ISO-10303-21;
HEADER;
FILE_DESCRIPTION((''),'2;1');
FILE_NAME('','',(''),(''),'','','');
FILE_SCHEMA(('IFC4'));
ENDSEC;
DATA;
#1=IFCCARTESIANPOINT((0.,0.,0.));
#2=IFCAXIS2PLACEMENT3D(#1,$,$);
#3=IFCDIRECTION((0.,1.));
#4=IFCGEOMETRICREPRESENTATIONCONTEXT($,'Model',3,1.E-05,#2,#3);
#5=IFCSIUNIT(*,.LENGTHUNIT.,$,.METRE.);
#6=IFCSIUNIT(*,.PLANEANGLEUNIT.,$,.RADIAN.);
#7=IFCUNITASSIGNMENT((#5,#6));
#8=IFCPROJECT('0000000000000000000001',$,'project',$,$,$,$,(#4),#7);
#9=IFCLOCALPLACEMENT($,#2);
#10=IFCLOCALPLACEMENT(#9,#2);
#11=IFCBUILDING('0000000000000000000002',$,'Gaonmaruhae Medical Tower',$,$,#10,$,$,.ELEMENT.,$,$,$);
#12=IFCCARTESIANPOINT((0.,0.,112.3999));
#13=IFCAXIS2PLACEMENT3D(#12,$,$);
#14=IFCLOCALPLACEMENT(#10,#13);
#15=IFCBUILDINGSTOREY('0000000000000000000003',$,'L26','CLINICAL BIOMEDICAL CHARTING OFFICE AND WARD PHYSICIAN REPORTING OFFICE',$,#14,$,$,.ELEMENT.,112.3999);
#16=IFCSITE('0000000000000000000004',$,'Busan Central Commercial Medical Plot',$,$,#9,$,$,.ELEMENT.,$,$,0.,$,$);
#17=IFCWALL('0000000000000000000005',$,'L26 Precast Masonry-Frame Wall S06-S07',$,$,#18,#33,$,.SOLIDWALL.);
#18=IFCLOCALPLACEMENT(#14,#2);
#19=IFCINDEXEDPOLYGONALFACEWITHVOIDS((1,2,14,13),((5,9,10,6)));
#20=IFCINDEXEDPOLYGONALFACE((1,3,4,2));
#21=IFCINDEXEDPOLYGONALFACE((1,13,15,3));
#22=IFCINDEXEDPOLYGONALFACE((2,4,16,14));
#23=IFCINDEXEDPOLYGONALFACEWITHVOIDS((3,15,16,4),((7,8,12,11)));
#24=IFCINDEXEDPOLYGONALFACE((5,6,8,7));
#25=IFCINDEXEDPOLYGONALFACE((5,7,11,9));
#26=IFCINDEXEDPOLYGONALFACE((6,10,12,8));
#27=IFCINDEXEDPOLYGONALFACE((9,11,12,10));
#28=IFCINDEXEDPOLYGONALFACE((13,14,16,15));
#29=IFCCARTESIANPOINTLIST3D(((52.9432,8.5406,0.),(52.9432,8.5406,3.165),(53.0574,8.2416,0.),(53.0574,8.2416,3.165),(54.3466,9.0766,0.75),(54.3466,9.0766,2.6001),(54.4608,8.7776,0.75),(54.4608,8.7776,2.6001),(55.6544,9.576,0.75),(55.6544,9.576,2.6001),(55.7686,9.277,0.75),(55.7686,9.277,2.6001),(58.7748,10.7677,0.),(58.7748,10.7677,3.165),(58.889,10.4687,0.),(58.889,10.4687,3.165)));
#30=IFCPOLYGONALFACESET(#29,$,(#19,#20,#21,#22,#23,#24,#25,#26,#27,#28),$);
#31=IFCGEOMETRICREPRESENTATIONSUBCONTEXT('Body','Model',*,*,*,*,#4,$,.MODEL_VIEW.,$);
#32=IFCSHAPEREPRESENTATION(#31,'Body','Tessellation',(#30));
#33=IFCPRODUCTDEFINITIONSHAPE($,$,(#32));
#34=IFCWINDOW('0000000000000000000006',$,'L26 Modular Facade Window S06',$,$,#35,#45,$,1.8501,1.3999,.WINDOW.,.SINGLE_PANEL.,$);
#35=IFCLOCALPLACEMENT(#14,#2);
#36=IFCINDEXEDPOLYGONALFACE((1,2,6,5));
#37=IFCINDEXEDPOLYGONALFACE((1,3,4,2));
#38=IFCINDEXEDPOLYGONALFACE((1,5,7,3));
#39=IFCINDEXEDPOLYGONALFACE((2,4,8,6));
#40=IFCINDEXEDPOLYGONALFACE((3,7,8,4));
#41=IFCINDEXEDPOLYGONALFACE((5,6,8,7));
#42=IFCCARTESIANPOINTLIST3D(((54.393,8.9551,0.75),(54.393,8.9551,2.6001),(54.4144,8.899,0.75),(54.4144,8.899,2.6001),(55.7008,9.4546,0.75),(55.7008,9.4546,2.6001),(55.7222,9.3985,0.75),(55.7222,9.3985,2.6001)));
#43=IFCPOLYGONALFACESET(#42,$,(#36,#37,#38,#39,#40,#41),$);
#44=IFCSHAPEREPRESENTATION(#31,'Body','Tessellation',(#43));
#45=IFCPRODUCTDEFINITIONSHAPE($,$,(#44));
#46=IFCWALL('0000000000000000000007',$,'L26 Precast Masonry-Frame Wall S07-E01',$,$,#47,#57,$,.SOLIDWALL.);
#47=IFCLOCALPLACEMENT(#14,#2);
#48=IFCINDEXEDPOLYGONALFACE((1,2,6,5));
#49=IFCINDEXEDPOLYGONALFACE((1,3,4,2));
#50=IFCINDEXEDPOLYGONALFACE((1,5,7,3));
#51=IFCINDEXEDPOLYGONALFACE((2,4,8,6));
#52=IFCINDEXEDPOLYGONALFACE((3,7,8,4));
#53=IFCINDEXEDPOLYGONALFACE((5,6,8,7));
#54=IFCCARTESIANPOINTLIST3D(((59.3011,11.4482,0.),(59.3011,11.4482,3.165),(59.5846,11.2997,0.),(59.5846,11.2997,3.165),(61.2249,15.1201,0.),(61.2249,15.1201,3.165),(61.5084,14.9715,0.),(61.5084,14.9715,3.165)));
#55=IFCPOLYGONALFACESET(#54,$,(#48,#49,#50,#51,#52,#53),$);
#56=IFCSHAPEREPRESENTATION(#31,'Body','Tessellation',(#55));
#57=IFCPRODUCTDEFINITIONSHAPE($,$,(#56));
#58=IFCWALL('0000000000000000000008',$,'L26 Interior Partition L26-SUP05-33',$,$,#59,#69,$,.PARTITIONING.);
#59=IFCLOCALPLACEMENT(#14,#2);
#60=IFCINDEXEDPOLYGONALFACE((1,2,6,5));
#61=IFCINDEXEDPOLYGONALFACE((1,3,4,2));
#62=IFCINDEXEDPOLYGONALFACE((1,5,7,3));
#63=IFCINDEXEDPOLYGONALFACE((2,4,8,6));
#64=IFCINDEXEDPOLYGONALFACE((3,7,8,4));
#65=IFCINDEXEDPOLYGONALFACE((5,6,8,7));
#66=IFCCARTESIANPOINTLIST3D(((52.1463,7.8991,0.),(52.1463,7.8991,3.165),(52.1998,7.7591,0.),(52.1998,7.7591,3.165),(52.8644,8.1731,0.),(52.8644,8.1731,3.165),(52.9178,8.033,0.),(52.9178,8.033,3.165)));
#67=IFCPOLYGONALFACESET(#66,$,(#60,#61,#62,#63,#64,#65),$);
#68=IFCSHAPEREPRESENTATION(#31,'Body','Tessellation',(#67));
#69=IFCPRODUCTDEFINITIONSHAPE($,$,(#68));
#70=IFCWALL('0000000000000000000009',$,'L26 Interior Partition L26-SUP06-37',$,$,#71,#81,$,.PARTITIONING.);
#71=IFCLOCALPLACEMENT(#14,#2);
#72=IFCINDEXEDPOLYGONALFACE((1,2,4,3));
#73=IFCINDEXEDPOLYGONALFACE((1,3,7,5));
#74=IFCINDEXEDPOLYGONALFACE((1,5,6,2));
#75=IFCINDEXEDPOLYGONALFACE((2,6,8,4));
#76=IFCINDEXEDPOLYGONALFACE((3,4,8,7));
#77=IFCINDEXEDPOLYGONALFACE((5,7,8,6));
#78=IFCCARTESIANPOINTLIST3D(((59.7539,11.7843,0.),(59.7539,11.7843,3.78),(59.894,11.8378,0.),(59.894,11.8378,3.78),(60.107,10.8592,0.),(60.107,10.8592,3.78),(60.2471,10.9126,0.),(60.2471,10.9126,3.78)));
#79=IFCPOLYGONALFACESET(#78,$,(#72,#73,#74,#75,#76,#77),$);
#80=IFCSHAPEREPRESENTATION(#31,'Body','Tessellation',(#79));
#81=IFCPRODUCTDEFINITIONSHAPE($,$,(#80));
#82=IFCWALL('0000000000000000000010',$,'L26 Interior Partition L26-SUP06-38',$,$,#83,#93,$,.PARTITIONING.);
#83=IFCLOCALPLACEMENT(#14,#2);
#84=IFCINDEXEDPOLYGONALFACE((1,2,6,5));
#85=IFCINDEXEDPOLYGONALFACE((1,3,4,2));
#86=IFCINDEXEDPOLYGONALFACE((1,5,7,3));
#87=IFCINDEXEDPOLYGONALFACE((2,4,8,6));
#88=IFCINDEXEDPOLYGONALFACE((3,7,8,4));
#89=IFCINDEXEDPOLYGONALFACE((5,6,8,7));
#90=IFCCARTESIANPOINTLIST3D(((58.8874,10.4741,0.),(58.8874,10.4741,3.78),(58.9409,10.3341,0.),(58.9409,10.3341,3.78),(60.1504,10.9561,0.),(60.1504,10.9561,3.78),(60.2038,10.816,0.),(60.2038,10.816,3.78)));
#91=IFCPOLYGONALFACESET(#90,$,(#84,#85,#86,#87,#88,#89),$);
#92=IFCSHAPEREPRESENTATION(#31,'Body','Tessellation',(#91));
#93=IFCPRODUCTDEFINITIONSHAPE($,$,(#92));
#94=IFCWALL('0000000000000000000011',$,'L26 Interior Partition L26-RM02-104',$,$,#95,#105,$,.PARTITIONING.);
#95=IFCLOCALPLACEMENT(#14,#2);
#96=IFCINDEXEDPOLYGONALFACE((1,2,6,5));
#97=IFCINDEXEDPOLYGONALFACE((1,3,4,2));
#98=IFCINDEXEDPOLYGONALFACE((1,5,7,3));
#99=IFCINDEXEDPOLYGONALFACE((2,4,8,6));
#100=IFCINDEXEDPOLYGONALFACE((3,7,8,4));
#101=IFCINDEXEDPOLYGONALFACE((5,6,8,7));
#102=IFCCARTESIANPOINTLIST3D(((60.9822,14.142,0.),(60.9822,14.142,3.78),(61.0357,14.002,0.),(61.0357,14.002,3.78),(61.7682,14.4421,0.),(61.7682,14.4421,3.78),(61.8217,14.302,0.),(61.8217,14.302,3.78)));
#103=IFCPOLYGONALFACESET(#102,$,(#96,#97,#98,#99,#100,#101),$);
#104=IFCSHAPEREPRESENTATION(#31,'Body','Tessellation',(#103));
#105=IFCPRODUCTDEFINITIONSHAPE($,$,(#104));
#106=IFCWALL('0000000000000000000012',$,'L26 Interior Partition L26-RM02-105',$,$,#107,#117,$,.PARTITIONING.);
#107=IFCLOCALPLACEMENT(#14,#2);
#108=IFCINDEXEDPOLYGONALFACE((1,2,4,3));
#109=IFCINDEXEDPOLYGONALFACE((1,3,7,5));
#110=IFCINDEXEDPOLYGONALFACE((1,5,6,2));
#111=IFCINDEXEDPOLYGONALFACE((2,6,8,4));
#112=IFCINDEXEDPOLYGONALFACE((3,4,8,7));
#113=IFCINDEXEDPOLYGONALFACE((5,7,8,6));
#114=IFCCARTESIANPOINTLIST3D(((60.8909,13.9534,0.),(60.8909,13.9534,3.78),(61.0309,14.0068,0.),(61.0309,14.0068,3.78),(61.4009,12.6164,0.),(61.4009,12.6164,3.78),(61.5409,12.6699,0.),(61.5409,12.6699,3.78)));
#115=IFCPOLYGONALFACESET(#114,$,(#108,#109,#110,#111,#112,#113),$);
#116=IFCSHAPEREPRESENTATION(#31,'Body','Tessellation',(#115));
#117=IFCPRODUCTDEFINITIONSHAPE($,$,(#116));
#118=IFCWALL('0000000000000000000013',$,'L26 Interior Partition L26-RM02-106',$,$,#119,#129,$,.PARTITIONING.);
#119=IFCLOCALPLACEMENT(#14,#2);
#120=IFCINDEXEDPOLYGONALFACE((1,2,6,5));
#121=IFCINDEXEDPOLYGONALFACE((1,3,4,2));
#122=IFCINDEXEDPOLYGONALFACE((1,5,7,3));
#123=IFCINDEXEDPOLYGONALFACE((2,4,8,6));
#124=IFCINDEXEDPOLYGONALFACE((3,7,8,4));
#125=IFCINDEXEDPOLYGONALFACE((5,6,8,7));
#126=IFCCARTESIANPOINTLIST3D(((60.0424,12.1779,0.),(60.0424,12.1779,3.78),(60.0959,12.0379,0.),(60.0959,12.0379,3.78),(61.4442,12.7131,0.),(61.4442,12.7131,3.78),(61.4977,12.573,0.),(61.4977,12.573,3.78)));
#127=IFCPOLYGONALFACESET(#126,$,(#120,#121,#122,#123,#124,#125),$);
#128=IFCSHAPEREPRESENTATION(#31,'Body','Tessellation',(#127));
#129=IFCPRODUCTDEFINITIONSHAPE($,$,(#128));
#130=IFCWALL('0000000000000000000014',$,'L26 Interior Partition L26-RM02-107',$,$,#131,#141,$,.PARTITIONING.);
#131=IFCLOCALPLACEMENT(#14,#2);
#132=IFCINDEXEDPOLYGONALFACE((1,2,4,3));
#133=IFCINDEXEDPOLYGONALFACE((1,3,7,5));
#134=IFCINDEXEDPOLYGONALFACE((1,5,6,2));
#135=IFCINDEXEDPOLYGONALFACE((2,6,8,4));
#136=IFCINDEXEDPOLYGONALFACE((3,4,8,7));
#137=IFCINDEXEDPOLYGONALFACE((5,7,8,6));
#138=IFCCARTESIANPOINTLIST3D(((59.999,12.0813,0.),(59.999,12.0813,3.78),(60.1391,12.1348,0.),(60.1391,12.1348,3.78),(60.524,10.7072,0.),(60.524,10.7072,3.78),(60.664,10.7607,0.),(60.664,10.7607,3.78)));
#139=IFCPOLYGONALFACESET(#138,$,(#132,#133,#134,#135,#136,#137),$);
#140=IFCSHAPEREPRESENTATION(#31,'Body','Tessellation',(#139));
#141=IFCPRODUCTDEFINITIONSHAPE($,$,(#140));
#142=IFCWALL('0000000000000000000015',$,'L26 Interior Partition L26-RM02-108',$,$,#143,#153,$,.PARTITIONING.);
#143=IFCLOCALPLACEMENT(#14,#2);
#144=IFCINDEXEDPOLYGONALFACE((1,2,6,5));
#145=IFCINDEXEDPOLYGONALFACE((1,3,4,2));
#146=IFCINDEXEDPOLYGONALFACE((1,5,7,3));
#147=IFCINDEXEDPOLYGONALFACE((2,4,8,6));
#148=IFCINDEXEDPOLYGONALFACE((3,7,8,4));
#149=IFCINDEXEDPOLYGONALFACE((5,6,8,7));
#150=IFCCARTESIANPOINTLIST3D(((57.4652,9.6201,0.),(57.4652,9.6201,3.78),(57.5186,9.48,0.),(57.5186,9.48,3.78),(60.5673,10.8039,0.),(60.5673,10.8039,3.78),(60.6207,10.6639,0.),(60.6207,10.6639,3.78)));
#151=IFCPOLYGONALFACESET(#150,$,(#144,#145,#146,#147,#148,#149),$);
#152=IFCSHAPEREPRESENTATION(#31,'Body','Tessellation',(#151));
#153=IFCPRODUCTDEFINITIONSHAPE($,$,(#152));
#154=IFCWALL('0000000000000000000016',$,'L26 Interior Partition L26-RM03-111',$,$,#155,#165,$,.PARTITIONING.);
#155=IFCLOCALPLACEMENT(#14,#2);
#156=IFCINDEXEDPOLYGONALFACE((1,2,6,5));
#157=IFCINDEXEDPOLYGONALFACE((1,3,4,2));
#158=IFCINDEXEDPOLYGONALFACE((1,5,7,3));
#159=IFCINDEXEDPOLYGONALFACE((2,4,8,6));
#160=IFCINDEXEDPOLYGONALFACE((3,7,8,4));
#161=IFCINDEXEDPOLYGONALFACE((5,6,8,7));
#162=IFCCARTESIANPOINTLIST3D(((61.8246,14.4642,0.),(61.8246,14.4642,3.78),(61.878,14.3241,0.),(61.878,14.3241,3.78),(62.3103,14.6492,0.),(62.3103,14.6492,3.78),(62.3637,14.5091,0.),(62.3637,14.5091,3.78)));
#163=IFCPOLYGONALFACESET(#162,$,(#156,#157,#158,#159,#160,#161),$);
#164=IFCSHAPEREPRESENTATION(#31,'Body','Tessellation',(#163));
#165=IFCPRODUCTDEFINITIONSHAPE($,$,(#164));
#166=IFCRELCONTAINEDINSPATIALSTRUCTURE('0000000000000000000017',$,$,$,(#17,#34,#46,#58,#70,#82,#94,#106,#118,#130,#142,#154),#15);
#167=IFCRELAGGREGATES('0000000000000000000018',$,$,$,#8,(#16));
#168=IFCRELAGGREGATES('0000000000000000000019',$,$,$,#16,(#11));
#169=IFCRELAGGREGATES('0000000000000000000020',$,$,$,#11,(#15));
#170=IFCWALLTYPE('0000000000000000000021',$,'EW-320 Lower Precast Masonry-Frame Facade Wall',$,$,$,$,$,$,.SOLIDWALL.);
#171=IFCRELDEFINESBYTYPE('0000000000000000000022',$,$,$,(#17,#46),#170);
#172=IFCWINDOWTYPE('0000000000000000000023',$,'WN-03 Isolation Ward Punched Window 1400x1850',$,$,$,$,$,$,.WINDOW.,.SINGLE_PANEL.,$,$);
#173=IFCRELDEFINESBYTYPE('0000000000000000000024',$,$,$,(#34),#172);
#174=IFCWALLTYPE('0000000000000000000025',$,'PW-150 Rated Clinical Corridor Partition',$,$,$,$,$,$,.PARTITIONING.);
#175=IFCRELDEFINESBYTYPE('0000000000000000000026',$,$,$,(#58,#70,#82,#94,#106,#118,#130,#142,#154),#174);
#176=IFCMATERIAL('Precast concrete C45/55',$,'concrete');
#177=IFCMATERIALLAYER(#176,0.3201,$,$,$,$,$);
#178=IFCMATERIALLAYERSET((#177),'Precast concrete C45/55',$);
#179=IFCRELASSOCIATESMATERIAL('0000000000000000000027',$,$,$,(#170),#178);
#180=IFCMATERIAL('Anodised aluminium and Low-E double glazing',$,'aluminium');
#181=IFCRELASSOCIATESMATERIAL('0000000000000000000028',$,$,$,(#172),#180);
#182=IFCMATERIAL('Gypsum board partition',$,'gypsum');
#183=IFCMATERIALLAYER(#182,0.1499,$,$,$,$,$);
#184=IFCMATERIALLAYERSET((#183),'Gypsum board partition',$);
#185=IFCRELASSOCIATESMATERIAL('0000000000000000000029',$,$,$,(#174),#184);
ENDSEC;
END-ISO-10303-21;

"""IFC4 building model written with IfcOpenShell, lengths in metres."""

from ifc_helpers import new_model, si_unit, direction, frame, frame_2d, origin, place, context, subcontext, project, spatial, rectangle, extrude, material, layer, layer_set, type_object, element, fill, save


model = new_model("IFC4")

# Units and contexts
model_context = context("Model", 3, precision=1e-05, world=origin(), true_north=direction((0.0, 1.0)))
body_context = subcontext(model_context, "Body", "Model", "MODEL_VIEW")
ifc_project = project(units=[si_unit("LENGTHUNIT", "METRE"), si_unit("PLANEANGLEUNIT", "RADIAN")], contexts=[model_context])

# Site, building, storey
site_placement = place(None, origin())
site = spatial("IfcSite", under=ifc_project, at=site_placement, Name="Busan Central Commercial Medical Plot", CompositionType="ELEMENT", RefElevation=0.0)
building_placement = place(site_placement, origin())
building = spatial("IfcBuilding", under=site, at=building_placement, Name="Gaonmaruhae Medical Tower", CompositionType="ELEMENT")
storey_placement = place(building_placement, frame((0.0, 0.0, 112.3999)))
storey = spatial("IfcBuildingStorey", under=building, at=storey_placement, Name="L26", Description="CLINICAL BIOMEDICAL CHARTING OFFICE AND WARD PHYSICIAN REPORTING OFFICE", CompositionType="ELEMENT", Elevation=112.3999)

# Wall, opening, window
ifc_material_1 = material(Name="Precast concrete C45/55", Category="concrete")
ifc_layer_1 = layer(ifc_material_1, 0.3201)
ifc_layer_set_1 = layer_set([ifc_layer_1], Name="Precast concrete C45/55")
wall_type_1 = type_object("IfcWallType", Name="EW-320 Lower Precast Masonry-Frame Facade Wall", PredefinedType="SOLIDWALL", material=ifc_layer_set_1)
wall_1_placement = place(storey_placement, frame((58.8318, 10.6182, 0.0), z_axis=(0.0, 0.0, 1.0), x_axis=(-0.934194, -0.356766, 0.0)))
wall_1 = element("IfcWall", 1, at=wall_1_placement, inside=storey, type_object=wall_type_1, Name="L26 Precast Masonry-Frame Wall S06-S07", PredefinedType="SOLIDWALL", context=body_context, shape_type="SweptSolid", body=[
    extrude(rectangle(XDim=6.2424, YDim=0.3201, at=frame_2d((3.1211, 0.0))), origin(), (0.0, 0.0, 1.0), 3.165),
])
opening_placement = place(wall_1_placement, frame((3.3401, 0.0, 0.75)))
opening = element("IfcOpeningElement", 2, at=opening_placement, cuts=wall_1, PredefinedType="OPENING", context=body_context, shape_type="SweptSolid", body=[
    extrude(rectangle(XDim=1.3999, YDim=1.8501, at=frame_2d((0.7, 0.925))), frame((0.0, 0.1699, 0.0), z_axis=(0.0, -1.0, 0.0), x_axis=(1.0, 0.0, 0.0)), (0.0, 0.0, 1.0), 0.3401),
])
ifc_material_2 = material(Name="Anodised aluminium and Low-E double glazing", Category="aluminium")
window_type = type_object("IfcWindowType", Name="WN-03 Isolation Ward Punched Window 1400x1850", PartitioningType="SINGLE_PANEL", PredefinedType="WINDOW", material=ifc_material_2)
window_placement = place(opening_placement, origin())
window = element("IfcWindow", 3, at=window_placement, inside=storey, type_object=window_type, Name="L26 Modular Facade Window S06", OverallHeight=1.8501, OverallWidth=1.3999, PartitioningType="SINGLE_PANEL", PredefinedType="WINDOW", context=body_context, shape_type="SweptSolid", body=[
    extrude(rectangle(XDim=1.3999, YDim=1.8501, at=frame_2d((0.7, 0.925))), frame((0.0, 0.03, 0.0), z_axis=(0.0, -1.0, 0.0), x_axis=(1.0, 0.0, 0.0)), (0.0, 0.0, 1.0), 0.0601),
])
fill(opening, window)

# Walls
wall_2_placement = place(storey_placement, frame((61.3667, 15.0459, 0.0), z_axis=(0.0, 0.0, 1.0), x_axis=(-0.464095, -0.885785, 0.0)))
element("IfcWall", 4, at=wall_2_placement, inside=storey, type_object=wall_type_1, Name="L26 Precast Masonry-Frame Wall S07-E01", PredefinedType="SOLIDWALL", context=body_context, shape_type="SweptSolid", body=[
    extrude(rectangle(XDim=4.1453, YDim=0.3201, at=frame_2d((2.0728, 0.0))), origin(), (0.0, 0.0, 1.0), 3.165),
])
ifc_material_3 = material(Name="Gypsum board partition", Category="gypsum")
ifc_layer_2 = layer(ifc_material_3, 0.1499)
ifc_layer_set_2 = layer_set([ifc_layer_2], Name="Gypsum board partition")
wall_type_2 = type_object("IfcWallType", Name="PW-150 Rated Clinical Corridor Partition", PredefinedType="PARTITIONING", material=ifc_layer_set_2)
wall_3_placement = place(storey_placement, frame((52.8911, 8.103, 0.0), z_axis=(0.0, 0.0, 1.0), x_axis=(-0.934317, -0.356444, 0.0)))
element("IfcWall", 5, at=wall_3_placement, inside=storey, type_object=wall_type_2, Name="L26 Interior Partition L26-SUP05-33", PredefinedType="PARTITIONING", context=body_context, shape_type="SweptSolid", body=[
    extrude(rectangle(XDim=0.7686, YDim=0.1499, at=frame_2d((0.3843, 0.0))), origin(), (0.0, 0.0, 1.0), 3.165),
])
wall_4_placement = place(storey_placement, frame((59.824, 11.811, 0.0), z_axis=(0.0, 0.0, 1.0), x_axis=(0.356549, -0.934277, 0.0)))
element("IfcWall", 6, at=wall_4_placement, inside=storey, type_object=wall_type_2, Name="L26 Interior Partition L26-SUP06-37", PredefinedType="PARTITIONING", context=body_context, shape_type="SweptSolid", body=[
    extrude(rectangle(XDim=0.9902, YDim=0.1499, at=frame_2d((0.4951, 0.0))), origin(), (0.0, 0.0, 1.0), 3.78),
])
wall_5_placement = place(storey_placement, frame((60.177, 10.886, 0.0), z_axis=(0.0, 0.0, 1.0), x_axis=(-0.934287, -0.356521, 0.0)))
element("IfcWall", 7, at=wall_5_placement, inside=storey, type_object=wall_type_2, Name="L26 Interior Partition L26-SUP06-38", PredefinedType="PARTITIONING", context=body_context, shape_type="SweptSolid", body=[
    extrude(rectangle(XDim=1.3518, YDim=0.1499, at=frame_2d((0.6758, 0.0))), origin(), (0.0, 0.0, 1.0), 3.78),
])
wall_6_placement = place(storey_placement, frame((61.7949, 14.3721, 0.0), z_axis=(0.0, 0.0, 1.0), x_axis=(-0.934225, -0.356683, 0.0)))
element("IfcWall", 8, at=wall_6_placement, inside=storey, type_object=wall_type_2, Name="L26 Interior Partition L26-RM02-104", PredefinedType="PARTITIONING", context=body_context, shape_type="SweptSolid", body=[
    extrude(rectangle(XDim=0.8413, YDim=0.1499, at=frame_2d((0.4207, 0.0))), origin(), (0.0, 0.0, 1.0), 3.78),
])
wall_7_placement = place(storey_placement, frame((60.9609, 13.98, 0.0), z_axis=(0.0, 0.0, 1.0), x_axis=(0.356428, -0.934323, 0.0)))
element("IfcWall", 9, at=wall_7_placement, inside=storey, type_object=wall_type_2, Name="L26 Interior Partition L26-RM02-105", PredefinedType="PARTITIONING", context=body_context, shape_type="SweptSolid", body=[
    extrude(rectangle(XDim=1.4309, YDim=0.1499, at=frame_2d((0.7153, 0.0))), origin(), (0.0, 0.0, 1.0), 3.78),
])
wall_8_placement = place(storey_placement, frame((61.4709, 12.6431, 0.0), z_axis=(0.0, 0.0, 1.0), x_axis=(-0.93424, -0.356645, 0.0)))
element("IfcWall", 10, at=wall_8_placement, inside=storey, type_object=wall_type_2, Name="L26 Interior Partition L26-RM02-106", PredefinedType="PARTITIONING", context=body_context, shape_type="SweptSolid", body=[
    extrude(rectangle(XDim=1.5005, YDim=0.1499, at=frame_2d((0.7502, 0.0))), origin(), (0.0, 0.0, 1.0), 3.78),
])
wall_9_placement = place(storey_placement, frame((60.0691, 12.1079, 0.0), z_axis=(0.0, 0.0, 1.0), x_axis=(0.356865, -0.934156, 0.0)))
element("IfcWall", 11, at=wall_9_placement, inside=storey, type_object=wall_type_2, Name="L26 Interior Partition L26-RM02-107", PredefinedType="PARTITIONING", context=body_context, shape_type="SweptSolid", body=[
    extrude(rectangle(XDim=1.4709, YDim=0.1499, at=frame_2d((0.7354, 0.0))), origin(), (0.0, 0.0, 1.0), 3.78),
])
wall_10_placement = place(storey_placement, frame((60.594, 10.7339, 0.0), z_axis=(0.0, 0.0, 1.0), x_axis=(-0.934277, -0.356549, 0.0)))
element("IfcWall", 12, at=wall_10_placement, inside=storey, type_object=wall_type_2, Name="L26 Interior Partition L26-RM02-108", PredefinedType="PARTITIONING", context=body_context, shape_type="SweptSolid", body=[
    extrude(rectangle(XDim=3.3203, YDim=0.1499, at=frame_2d((1.6602, 0.0))), origin(), (0.0, 0.0, 1.0), 3.78),
])
wall_11_placement = place(storey_placement, frame((62.3369, 14.5791, 0.0), z_axis=(0.0, 0.0, 1.0), x_axis=(-0.934503, -0.355956, 0.0)))
element("IfcWall", 13, at=wall_11_placement, inside=storey, type_object=wall_type_2, Name="L26 Interior Partition L26-RM03-111", PredefinedType="PARTITIONING", context=body_context, shape_type="SweptSolid", body=[
    extrude(rectangle(XDim=0.5198, YDim=0.1499, at=frame_2d((0.2598, 0.0))), origin(), (0.0, 0.0, 1.0), 3.78),
])

save(model, "model.ifc")
